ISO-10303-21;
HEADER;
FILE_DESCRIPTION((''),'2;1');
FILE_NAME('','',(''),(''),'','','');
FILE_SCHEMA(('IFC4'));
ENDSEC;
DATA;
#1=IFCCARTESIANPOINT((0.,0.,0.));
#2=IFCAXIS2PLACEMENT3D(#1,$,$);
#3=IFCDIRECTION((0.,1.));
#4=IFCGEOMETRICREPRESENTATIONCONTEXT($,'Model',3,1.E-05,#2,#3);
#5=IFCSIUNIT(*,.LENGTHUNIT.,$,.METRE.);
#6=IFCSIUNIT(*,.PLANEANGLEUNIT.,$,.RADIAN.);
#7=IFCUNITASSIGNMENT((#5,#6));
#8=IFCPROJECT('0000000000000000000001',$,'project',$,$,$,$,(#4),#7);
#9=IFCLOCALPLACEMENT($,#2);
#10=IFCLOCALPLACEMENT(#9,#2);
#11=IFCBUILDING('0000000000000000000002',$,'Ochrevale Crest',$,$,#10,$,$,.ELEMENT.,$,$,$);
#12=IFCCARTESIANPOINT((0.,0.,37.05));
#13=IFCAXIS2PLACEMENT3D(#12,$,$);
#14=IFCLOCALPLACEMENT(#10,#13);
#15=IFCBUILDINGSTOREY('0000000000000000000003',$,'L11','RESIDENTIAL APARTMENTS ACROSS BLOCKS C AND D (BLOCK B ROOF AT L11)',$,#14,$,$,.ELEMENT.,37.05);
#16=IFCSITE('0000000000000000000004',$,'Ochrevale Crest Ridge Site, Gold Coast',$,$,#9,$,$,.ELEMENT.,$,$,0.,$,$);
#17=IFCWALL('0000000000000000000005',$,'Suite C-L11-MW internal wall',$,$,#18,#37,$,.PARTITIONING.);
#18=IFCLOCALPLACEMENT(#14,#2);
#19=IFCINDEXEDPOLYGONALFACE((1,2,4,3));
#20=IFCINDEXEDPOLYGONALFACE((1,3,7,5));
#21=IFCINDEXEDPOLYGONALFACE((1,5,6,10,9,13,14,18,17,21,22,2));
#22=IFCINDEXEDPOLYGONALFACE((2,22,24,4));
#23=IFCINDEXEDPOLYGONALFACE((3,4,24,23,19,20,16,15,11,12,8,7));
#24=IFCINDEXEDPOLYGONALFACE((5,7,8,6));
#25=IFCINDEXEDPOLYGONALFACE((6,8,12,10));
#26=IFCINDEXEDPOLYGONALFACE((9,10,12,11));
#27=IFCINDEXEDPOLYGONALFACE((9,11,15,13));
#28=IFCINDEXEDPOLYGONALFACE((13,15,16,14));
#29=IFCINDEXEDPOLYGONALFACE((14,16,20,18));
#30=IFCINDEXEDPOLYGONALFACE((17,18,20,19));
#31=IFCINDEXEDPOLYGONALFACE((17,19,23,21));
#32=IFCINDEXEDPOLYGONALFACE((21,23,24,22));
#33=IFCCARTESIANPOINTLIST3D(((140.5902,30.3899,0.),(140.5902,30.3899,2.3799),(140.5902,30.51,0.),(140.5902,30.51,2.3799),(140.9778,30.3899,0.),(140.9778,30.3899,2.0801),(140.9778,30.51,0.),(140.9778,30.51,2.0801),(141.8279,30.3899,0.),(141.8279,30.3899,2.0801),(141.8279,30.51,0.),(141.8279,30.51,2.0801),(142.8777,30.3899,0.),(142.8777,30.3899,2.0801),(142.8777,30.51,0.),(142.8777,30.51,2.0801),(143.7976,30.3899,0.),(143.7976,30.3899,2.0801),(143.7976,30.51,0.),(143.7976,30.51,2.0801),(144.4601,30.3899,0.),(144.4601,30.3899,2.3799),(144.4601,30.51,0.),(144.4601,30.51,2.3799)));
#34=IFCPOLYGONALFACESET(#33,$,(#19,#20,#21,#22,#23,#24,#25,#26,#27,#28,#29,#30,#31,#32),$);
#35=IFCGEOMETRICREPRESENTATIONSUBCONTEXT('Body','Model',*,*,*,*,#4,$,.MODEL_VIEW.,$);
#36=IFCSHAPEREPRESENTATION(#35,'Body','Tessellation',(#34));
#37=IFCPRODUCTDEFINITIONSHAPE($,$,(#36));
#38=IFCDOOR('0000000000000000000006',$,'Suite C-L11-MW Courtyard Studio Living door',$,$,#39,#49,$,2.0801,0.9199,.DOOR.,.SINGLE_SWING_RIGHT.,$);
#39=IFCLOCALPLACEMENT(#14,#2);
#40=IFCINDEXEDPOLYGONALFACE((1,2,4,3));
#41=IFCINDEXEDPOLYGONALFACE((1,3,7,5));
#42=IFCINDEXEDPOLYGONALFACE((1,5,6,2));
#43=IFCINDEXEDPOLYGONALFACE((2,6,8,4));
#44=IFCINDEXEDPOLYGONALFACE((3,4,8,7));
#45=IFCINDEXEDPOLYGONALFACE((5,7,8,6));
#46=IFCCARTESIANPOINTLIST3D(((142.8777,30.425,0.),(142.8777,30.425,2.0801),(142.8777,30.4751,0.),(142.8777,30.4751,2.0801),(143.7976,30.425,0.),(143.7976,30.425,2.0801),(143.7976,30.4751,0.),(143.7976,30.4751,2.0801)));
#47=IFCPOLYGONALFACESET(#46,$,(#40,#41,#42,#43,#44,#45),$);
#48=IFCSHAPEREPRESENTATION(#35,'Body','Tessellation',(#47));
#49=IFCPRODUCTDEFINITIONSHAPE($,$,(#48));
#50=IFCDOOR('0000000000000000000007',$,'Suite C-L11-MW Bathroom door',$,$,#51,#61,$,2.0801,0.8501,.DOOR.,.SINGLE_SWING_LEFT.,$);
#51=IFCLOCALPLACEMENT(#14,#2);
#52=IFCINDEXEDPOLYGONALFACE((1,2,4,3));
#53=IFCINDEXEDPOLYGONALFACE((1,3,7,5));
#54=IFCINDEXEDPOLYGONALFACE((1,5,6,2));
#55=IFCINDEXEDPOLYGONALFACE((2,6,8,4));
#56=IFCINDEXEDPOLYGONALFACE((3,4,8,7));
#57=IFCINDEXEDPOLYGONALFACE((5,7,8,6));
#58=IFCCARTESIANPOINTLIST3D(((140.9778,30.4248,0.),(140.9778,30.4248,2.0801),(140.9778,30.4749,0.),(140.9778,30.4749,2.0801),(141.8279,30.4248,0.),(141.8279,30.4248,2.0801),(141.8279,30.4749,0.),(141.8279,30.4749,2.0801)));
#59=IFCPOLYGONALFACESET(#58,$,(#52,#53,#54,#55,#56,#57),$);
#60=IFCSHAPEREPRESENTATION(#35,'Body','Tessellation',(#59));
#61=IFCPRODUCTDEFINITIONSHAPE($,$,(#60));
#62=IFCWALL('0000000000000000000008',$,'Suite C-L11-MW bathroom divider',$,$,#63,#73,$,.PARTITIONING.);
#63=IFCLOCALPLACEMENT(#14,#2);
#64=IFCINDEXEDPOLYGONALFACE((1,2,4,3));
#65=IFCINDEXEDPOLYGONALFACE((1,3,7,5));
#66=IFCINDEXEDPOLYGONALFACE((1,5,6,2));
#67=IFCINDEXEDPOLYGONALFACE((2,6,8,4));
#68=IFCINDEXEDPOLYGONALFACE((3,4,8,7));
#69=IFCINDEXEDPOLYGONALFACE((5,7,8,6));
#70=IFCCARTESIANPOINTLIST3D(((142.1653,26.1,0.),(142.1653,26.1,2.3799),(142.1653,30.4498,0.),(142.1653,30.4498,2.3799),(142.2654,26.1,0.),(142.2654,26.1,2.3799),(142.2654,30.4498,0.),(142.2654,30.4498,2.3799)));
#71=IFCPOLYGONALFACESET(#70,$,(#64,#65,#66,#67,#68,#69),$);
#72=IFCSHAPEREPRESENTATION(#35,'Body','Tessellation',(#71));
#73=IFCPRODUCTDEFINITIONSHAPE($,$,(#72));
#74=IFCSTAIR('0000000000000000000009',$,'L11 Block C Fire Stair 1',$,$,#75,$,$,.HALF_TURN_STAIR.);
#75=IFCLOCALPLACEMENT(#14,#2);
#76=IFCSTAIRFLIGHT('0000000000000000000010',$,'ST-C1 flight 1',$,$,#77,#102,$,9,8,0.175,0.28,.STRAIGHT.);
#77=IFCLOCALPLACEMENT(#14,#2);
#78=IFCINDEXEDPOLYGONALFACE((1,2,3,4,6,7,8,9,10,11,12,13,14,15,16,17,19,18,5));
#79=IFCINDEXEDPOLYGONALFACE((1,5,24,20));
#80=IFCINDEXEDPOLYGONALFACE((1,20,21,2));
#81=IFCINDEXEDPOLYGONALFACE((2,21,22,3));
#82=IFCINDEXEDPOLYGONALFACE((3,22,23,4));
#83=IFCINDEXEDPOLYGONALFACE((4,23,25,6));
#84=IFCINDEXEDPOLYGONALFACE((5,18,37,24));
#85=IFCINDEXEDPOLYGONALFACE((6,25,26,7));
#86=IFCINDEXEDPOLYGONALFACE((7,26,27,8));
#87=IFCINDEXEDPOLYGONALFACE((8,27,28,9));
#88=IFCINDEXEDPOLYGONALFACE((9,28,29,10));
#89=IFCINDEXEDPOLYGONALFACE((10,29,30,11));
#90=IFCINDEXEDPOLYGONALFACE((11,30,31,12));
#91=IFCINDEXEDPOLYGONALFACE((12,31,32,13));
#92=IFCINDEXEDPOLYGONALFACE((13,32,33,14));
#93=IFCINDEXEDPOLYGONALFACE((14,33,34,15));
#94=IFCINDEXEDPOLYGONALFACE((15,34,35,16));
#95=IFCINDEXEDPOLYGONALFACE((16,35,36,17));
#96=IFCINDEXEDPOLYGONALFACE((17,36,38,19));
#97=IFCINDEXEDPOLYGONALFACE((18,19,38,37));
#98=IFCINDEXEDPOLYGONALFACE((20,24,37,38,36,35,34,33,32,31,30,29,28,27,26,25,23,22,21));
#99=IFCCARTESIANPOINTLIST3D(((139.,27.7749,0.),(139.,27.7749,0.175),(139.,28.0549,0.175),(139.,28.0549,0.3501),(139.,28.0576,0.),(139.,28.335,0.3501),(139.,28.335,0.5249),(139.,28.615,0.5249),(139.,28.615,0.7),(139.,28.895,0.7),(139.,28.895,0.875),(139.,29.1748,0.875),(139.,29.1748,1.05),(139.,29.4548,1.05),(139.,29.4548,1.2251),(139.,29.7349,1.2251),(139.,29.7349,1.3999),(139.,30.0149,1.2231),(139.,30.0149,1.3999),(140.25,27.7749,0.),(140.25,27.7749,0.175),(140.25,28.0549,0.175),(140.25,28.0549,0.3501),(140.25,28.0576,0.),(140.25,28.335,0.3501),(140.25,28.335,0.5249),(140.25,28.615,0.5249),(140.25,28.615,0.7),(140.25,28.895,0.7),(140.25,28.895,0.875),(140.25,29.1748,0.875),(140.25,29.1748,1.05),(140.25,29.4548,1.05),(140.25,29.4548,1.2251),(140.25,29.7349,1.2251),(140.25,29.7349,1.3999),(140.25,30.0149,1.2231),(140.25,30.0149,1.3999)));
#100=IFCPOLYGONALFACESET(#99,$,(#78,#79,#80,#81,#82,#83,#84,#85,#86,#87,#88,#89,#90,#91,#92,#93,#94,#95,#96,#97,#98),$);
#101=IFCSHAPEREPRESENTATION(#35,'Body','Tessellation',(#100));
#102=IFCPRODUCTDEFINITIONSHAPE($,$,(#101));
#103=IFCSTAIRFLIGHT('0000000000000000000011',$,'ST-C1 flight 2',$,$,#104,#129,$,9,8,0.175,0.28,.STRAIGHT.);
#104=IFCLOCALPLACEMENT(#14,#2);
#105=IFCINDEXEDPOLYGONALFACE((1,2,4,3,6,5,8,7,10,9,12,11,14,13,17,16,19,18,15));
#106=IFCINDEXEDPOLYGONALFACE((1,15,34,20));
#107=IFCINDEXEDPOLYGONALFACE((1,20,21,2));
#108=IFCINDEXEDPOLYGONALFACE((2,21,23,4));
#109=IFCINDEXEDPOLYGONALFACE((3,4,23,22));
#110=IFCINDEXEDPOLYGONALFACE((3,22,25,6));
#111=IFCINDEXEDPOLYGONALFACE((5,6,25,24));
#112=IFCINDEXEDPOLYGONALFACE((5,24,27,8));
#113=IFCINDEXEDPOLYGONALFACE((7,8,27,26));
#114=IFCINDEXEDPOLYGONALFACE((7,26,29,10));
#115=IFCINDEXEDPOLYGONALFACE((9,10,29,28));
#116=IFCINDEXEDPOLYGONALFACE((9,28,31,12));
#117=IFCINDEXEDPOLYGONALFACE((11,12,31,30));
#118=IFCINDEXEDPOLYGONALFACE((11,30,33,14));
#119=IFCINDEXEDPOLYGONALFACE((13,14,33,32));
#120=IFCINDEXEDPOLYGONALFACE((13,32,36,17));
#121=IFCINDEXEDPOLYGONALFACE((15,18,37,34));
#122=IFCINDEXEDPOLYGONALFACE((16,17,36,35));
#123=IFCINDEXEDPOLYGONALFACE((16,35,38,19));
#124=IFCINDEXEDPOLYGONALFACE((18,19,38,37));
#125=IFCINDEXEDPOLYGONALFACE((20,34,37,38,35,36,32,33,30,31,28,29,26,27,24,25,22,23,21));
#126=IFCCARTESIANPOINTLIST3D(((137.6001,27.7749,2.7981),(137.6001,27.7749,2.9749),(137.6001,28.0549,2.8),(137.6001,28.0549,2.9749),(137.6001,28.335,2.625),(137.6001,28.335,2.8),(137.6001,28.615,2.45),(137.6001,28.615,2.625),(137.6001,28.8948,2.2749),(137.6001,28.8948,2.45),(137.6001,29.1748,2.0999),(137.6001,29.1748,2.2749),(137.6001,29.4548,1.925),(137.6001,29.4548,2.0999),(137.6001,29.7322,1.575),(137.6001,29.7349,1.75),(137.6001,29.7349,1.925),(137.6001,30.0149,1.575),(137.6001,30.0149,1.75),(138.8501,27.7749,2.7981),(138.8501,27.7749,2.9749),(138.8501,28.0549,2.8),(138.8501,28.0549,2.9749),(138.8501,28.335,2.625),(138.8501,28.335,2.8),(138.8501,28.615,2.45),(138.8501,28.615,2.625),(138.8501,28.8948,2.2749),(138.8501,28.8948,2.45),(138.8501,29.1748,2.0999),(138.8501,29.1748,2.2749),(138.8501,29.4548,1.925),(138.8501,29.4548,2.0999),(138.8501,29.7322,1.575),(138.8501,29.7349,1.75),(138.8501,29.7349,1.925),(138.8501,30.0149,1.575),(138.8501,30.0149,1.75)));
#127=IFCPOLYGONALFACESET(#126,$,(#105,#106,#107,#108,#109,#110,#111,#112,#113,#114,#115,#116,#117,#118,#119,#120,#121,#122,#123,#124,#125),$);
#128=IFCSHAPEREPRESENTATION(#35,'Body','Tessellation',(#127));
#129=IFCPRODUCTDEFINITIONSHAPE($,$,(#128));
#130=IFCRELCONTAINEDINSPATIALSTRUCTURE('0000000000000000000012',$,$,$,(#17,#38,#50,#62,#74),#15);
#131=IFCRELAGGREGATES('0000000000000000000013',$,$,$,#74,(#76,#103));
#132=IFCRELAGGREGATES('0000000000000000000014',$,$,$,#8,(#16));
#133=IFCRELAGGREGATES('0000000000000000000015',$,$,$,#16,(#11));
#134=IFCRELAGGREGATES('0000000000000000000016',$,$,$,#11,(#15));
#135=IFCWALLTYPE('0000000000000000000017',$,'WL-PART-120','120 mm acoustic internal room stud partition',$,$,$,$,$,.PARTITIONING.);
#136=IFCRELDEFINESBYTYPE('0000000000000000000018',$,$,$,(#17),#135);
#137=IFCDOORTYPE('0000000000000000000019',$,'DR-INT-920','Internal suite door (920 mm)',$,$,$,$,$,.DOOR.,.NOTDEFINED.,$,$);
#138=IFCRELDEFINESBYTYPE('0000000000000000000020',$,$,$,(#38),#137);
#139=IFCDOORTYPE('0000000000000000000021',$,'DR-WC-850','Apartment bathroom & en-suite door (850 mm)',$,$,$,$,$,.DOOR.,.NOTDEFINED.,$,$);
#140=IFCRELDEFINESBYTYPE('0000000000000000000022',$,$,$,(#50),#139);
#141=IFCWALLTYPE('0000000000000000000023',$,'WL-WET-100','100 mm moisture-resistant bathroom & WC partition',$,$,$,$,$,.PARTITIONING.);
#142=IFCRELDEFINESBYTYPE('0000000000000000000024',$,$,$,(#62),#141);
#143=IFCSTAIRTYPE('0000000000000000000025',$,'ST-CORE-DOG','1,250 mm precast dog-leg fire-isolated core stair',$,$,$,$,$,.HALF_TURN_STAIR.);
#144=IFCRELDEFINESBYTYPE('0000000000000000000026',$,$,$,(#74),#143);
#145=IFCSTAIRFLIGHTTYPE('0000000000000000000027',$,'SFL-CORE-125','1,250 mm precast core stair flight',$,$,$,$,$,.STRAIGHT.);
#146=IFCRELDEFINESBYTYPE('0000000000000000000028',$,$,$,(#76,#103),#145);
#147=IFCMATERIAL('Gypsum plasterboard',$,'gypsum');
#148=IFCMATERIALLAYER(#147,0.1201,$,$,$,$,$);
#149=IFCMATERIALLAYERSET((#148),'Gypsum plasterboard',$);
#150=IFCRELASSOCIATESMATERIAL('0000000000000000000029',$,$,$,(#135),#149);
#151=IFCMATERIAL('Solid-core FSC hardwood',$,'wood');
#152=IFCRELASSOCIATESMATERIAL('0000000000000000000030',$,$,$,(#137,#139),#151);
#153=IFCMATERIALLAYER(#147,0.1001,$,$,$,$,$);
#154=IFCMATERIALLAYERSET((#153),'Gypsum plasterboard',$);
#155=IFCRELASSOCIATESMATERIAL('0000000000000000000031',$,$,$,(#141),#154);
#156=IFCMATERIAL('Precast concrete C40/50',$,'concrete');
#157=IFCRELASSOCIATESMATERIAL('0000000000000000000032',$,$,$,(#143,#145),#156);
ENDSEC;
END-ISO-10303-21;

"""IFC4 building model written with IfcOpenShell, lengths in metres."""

from ifc_helpers import new_model, si_unit, direction, frame, frame_2d, origin, place, context, subcontext, project, spatial, polyline, rectangle, outline, extrude, material, layer, layer_set, type_object, element, fill, aggregate, save


model = new_model("IFC4")

# Units and contexts
model_context = context("Model", 3, precision=1e-05, world=origin(), true_north=direction((0.0, 1.0)))
body_context = subcontext(model_context, "Body", "Model", "MODEL_VIEW")
ifc_project = project(units=[si_unit("LENGTHUNIT", "METRE"), si_unit("PLANEANGLEUNIT", "RADIAN")], contexts=[model_context])

# Site, building, storey
site_placement = place(None, origin())
site = spatial("IfcSite", under=ifc_project, at=site_placement, Name="Ochrevale Crest Ridge Site, Gold Coast", CompositionType="ELEMENT", RefElevation=0.0)
building_placement = place(site_placement, origin())
building = spatial("IfcBuilding", under=site, at=building_placement, Name="Ochrevale Crest", CompositionType="ELEMENT")
storey_placement = place(building_placement, frame((0.0, 0.0, 37.05)))
storey = spatial("IfcBuildingStorey", under=building, at=storey_placement, Name="L11", Description="RESIDENTIAL APARTMENTS ACROSS BLOCKS C AND D (BLOCK B ROOF AT L11)", CompositionType="ELEMENT", Elevation=37.05)

# Shared definitions
ifc_material_1 = material(Name="Gypsum plasterboard", Category="gypsum")
ifc_material_2 = material(Name="Solid-core FSC hardwood", Category="wood")

# Wall, openings, doors
ifc_layer_1 = layer(ifc_material_1, 0.1201)
ifc_layer_set_1 = layer_set([ifc_layer_1], Name="Gypsum plasterboard")
wall_type_1 = type_object("IfcWallType", Name="WL-PART-120", Description="120 mm acoustic internal room stud partition", PredefinedType="PARTITIONING", material=ifc_layer_set_1)
wall_1_placement = place(storey_placement, frame((140.5901, 30.45, 0.0), z_axis=(0.0, 0.0, 1.0), x_axis=(1.0, 0.0, 0.0)))
wall_1 = element("IfcWall", 1, at=wall_1_placement, inside=storey, type_object=wall_type_1, Name="Suite C-L11-MW internal wall", PredefinedType="PARTITIONING", context=body_context, shape_type="SweptSolid", body=[
    extrude(rectangle(XDim=3.8699, YDim=0.1201, at=frame_2d((1.9351, 0.0))), origin(), (0.0, 0.0, 1.0), 2.3799),
])
opening_1_placement = place(wall_1_placement, frame((0.3877, 0.0, 0.0)))
opening_1 = element("IfcOpeningElement", 2, at=opening_1_placement, cuts=wall_1, PredefinedType="OPENING", context=body_context, shape_type="SweptSolid", body=[
    extrude(rectangle(XDim=0.8501, YDim=2.0801, at=frame_2d((0.425, 1.04))), frame((0.0, 0.0701, 0.0), z_axis=(0.0, -1.0, 0.0), x_axis=(1.0, 0.0, 0.0)), (0.0, 0.0, 1.0), 0.1401),
])
opening_2_placement = place(wall_1_placement, frame((3.2075, 0.0, 0.0), z_axis=(0.0, 0.0, 1.0), x_axis=(-1.0, 0.0, 0.0)))
opening_2 = element("IfcOpeningElement", 3, at=opening_2_placement, cuts=wall_1, PredefinedType="OPENING", context=body_context, shape_type="SweptSolid", body=[
    extrude(rectangle(XDim=0.9199, YDim=2.0801, at=frame_2d((0.46, 1.04))), frame((0.0, 0.0701, 0.0), z_axis=(0.0, -1.0, 0.0), x_axis=(1.0, 0.0, 0.0)), (0.0, 0.0, 1.0), 0.1401),
])
door_type_1 = type_object("IfcDoorType", Name="DR-INT-920", Description="Internal suite door (920 mm)", OperationType="NOTDEFINED", PredefinedType="DOOR", material=ifc_material_2)
door_1_placement = place(opening_2_placement, origin())
door_1 = element("IfcDoor", 4, at=door_1_placement, inside=storey, type_object=door_type_1, Name="Suite C-L11-MW Courtyard Studio Living door", OperationType="SINGLE_SWING_RIGHT", OverallHeight=2.0801, OverallWidth=0.9199, PredefinedType="DOOR", context=body_context, shape_type="SweptSolid", body=[
    extrude(rectangle(XDim=0.9199, YDim=2.0801, at=frame_2d((0.46, 1.04))), frame((0.0, 0.0249, 0.0), z_axis=(0.0, -1.0, 0.0), x_axis=(1.0, 0.0, 0.0)), (0.0, 0.0, 1.0), 0.05),
])
fill(opening_2, door_1)
door_type_2 = type_object("IfcDoorType", Name="DR-WC-850", Description="Apartment bathroom & en-suite door (850 mm)", OperationType="NOTDEFINED", PredefinedType="DOOR", material=ifc_material_2)
door_2_placement = place(opening_1_placement, origin())
door_2 = element("IfcDoor", 5, at=door_2_placement, inside=storey, type_object=door_type_2, Name="Suite C-L11-MW Bathroom door", OperationType="SINGLE_SWING_LEFT", OverallHeight=2.0801, OverallWidth=0.8501, PredefinedType="DOOR", context=body_context, shape_type="SweptSolid", body=[
    extrude(rectangle(XDim=0.8501, YDim=2.0801, at=frame_2d((0.425, 1.04))), frame((0.0, 0.0249, 0.0), z_axis=(0.0, -1.0, 0.0), x_axis=(1.0, 0.0, 0.0)), (0.0, 0.0, 1.0), 0.05),
])
fill(opening_1, door_2)

# Wall
ifc_layer_2 = layer(ifc_material_1, 0.1001)
ifc_layer_set_2 = layer_set([ifc_layer_2], Name="Gypsum plasterboard")
wall_type_2 = type_object("IfcWallType", Name="WL-WET-100", Description="100 mm moisture-resistant bathroom & WC partition", PredefinedType="PARTITIONING", material=ifc_layer_set_2)
wall_2_placement = place(storey_placement, frame((142.2153, 26.1001, 0.0), z_axis=(0.0, 0.0, 1.0), x_axis=(0.0, 1.0, 0.0)))
element("IfcWall", 6, at=wall_2_placement, inside=storey, type_object=wall_type_2, Name="Suite C-L11-MW bathroom divider", PredefinedType="PARTITIONING", context=body_context, shape_type="SweptSolid", body=[
    extrude(rectangle(XDim=4.3499, YDim=0.1001, at=frame_2d((2.1748, 0.0))), origin(), (0.0, 0.0, 1.0), 2.3799),
])

# Stair, stair flights
ifc_material_3 = material(Name="Precast concrete C40/50", Category="concrete")
stair_type = type_object("IfcStairType", Name="ST-CORE-DOG", Description="1,250 mm precast dog-leg fire-isolated core stair", PredefinedType="HALF_TURN_STAIR", material=ifc_material_3)
stair_placement = place(storey_placement, origin())
stair = element("IfcStair", 7, at=stair_placement, inside=storey, type_object=stair_type, Name="L11 Block C Fire Stair 1", PredefinedType="HALF_TURN_STAIR")
stair_flight_type = type_object("IfcStairFlightType", Name="SFL-CORE-125", Description="1,250 mm precast core stair flight", PredefinedType="STRAIGHT", material=ifc_material_3)
stair_flight_1_placement = place(storey_placement, frame((139.625, 27.7749, 0.0), z_axis=(0.0, 0.0, 1.0), x_axis=(0.0, 1.0, 0.0)))
stair_flight_1 = element("IfcStairFlight", 8, at=stair_flight_1_placement, type_object=stair_flight_type, Name="ST-C1 flight 1", NumberOfRisers=9, NumberOfTreads=8, PredefinedType="STRAIGHT", RiserHeight=0.175, TreadLength=0.28, context=body_context, shape_type="SweptSolid", body=[
    extrude(outline(polyline([(0.0, 0.0), (0.0, 0.175), (0.28, 0.175), (0.28, 0.3501), (0.5601, 0.3501), (0.5601, 0.5249), (0.8401, 0.5249), (0.8401, 0.7), (1.1201, 0.7), (1.1201, 0.875), (1.3999, 0.875), (1.3999, 1.05), (1.6799, 1.05), (1.6799, 1.2251), (1.96, 1.2251), (1.96, 1.3999), (2.24, 1.3999), (2.24, 1.575), (2.24, 1.2231), (0.2827, 0.0), (0.0, 0.0)])), frame((0.0, 0.625, 0.0), z_axis=(0.0, -1.0, 0.0), x_axis=(1.0, 0.0, 0.0)), (0.0, 0.0, 1.0), 1.25),
])
stair_flight_2_placement = place(storey_placement, frame((138.2251, 30.0149, 1.575), z_axis=(0.0, 0.0, 1.0), x_axis=(0.0, -1.0, 0.0)))
stair_flight_2 = element("IfcStairFlight", 9, at=stair_flight_2_placement, type_object=stair_flight_type, Name="ST-C1 flight 2", NumberOfRisers=9, NumberOfTreads=8, PredefinedType="STRAIGHT", RiserHeight=0.175, TreadLength=0.28, context=body_context, shape_type="SweptSolid", body=[
    extrude(outline(polyline([(0.0, 0.0), (0.0, 0.175), (0.28, 0.175), (0.28, 0.3501), (0.5601, 0.3501), (0.5601, 0.5249), (0.8401, 0.5249), (0.8401, 0.7), (1.1201, 0.7), (1.1201, 0.875), (1.3999, 0.875), (1.3999, 1.05), (1.6799, 1.05), (1.6799, 1.2251), (1.96, 1.2251), (1.96, 1.3999), (2.24, 1.3999), (2.24, 1.575), (2.24, 1.2231), (0.2827, 0.0), (0.0, 0.0)])), frame((0.0, 0.625, 0.0), z_axis=(0.0, -1.0, 0.0), x_axis=(1.0, 0.0, 0.0)), (0.0, 0.0, 1.0), 1.25),
])
aggregate(stair, [stair_flight_1, stair_flight_2])

save(model, "model.ifc")
